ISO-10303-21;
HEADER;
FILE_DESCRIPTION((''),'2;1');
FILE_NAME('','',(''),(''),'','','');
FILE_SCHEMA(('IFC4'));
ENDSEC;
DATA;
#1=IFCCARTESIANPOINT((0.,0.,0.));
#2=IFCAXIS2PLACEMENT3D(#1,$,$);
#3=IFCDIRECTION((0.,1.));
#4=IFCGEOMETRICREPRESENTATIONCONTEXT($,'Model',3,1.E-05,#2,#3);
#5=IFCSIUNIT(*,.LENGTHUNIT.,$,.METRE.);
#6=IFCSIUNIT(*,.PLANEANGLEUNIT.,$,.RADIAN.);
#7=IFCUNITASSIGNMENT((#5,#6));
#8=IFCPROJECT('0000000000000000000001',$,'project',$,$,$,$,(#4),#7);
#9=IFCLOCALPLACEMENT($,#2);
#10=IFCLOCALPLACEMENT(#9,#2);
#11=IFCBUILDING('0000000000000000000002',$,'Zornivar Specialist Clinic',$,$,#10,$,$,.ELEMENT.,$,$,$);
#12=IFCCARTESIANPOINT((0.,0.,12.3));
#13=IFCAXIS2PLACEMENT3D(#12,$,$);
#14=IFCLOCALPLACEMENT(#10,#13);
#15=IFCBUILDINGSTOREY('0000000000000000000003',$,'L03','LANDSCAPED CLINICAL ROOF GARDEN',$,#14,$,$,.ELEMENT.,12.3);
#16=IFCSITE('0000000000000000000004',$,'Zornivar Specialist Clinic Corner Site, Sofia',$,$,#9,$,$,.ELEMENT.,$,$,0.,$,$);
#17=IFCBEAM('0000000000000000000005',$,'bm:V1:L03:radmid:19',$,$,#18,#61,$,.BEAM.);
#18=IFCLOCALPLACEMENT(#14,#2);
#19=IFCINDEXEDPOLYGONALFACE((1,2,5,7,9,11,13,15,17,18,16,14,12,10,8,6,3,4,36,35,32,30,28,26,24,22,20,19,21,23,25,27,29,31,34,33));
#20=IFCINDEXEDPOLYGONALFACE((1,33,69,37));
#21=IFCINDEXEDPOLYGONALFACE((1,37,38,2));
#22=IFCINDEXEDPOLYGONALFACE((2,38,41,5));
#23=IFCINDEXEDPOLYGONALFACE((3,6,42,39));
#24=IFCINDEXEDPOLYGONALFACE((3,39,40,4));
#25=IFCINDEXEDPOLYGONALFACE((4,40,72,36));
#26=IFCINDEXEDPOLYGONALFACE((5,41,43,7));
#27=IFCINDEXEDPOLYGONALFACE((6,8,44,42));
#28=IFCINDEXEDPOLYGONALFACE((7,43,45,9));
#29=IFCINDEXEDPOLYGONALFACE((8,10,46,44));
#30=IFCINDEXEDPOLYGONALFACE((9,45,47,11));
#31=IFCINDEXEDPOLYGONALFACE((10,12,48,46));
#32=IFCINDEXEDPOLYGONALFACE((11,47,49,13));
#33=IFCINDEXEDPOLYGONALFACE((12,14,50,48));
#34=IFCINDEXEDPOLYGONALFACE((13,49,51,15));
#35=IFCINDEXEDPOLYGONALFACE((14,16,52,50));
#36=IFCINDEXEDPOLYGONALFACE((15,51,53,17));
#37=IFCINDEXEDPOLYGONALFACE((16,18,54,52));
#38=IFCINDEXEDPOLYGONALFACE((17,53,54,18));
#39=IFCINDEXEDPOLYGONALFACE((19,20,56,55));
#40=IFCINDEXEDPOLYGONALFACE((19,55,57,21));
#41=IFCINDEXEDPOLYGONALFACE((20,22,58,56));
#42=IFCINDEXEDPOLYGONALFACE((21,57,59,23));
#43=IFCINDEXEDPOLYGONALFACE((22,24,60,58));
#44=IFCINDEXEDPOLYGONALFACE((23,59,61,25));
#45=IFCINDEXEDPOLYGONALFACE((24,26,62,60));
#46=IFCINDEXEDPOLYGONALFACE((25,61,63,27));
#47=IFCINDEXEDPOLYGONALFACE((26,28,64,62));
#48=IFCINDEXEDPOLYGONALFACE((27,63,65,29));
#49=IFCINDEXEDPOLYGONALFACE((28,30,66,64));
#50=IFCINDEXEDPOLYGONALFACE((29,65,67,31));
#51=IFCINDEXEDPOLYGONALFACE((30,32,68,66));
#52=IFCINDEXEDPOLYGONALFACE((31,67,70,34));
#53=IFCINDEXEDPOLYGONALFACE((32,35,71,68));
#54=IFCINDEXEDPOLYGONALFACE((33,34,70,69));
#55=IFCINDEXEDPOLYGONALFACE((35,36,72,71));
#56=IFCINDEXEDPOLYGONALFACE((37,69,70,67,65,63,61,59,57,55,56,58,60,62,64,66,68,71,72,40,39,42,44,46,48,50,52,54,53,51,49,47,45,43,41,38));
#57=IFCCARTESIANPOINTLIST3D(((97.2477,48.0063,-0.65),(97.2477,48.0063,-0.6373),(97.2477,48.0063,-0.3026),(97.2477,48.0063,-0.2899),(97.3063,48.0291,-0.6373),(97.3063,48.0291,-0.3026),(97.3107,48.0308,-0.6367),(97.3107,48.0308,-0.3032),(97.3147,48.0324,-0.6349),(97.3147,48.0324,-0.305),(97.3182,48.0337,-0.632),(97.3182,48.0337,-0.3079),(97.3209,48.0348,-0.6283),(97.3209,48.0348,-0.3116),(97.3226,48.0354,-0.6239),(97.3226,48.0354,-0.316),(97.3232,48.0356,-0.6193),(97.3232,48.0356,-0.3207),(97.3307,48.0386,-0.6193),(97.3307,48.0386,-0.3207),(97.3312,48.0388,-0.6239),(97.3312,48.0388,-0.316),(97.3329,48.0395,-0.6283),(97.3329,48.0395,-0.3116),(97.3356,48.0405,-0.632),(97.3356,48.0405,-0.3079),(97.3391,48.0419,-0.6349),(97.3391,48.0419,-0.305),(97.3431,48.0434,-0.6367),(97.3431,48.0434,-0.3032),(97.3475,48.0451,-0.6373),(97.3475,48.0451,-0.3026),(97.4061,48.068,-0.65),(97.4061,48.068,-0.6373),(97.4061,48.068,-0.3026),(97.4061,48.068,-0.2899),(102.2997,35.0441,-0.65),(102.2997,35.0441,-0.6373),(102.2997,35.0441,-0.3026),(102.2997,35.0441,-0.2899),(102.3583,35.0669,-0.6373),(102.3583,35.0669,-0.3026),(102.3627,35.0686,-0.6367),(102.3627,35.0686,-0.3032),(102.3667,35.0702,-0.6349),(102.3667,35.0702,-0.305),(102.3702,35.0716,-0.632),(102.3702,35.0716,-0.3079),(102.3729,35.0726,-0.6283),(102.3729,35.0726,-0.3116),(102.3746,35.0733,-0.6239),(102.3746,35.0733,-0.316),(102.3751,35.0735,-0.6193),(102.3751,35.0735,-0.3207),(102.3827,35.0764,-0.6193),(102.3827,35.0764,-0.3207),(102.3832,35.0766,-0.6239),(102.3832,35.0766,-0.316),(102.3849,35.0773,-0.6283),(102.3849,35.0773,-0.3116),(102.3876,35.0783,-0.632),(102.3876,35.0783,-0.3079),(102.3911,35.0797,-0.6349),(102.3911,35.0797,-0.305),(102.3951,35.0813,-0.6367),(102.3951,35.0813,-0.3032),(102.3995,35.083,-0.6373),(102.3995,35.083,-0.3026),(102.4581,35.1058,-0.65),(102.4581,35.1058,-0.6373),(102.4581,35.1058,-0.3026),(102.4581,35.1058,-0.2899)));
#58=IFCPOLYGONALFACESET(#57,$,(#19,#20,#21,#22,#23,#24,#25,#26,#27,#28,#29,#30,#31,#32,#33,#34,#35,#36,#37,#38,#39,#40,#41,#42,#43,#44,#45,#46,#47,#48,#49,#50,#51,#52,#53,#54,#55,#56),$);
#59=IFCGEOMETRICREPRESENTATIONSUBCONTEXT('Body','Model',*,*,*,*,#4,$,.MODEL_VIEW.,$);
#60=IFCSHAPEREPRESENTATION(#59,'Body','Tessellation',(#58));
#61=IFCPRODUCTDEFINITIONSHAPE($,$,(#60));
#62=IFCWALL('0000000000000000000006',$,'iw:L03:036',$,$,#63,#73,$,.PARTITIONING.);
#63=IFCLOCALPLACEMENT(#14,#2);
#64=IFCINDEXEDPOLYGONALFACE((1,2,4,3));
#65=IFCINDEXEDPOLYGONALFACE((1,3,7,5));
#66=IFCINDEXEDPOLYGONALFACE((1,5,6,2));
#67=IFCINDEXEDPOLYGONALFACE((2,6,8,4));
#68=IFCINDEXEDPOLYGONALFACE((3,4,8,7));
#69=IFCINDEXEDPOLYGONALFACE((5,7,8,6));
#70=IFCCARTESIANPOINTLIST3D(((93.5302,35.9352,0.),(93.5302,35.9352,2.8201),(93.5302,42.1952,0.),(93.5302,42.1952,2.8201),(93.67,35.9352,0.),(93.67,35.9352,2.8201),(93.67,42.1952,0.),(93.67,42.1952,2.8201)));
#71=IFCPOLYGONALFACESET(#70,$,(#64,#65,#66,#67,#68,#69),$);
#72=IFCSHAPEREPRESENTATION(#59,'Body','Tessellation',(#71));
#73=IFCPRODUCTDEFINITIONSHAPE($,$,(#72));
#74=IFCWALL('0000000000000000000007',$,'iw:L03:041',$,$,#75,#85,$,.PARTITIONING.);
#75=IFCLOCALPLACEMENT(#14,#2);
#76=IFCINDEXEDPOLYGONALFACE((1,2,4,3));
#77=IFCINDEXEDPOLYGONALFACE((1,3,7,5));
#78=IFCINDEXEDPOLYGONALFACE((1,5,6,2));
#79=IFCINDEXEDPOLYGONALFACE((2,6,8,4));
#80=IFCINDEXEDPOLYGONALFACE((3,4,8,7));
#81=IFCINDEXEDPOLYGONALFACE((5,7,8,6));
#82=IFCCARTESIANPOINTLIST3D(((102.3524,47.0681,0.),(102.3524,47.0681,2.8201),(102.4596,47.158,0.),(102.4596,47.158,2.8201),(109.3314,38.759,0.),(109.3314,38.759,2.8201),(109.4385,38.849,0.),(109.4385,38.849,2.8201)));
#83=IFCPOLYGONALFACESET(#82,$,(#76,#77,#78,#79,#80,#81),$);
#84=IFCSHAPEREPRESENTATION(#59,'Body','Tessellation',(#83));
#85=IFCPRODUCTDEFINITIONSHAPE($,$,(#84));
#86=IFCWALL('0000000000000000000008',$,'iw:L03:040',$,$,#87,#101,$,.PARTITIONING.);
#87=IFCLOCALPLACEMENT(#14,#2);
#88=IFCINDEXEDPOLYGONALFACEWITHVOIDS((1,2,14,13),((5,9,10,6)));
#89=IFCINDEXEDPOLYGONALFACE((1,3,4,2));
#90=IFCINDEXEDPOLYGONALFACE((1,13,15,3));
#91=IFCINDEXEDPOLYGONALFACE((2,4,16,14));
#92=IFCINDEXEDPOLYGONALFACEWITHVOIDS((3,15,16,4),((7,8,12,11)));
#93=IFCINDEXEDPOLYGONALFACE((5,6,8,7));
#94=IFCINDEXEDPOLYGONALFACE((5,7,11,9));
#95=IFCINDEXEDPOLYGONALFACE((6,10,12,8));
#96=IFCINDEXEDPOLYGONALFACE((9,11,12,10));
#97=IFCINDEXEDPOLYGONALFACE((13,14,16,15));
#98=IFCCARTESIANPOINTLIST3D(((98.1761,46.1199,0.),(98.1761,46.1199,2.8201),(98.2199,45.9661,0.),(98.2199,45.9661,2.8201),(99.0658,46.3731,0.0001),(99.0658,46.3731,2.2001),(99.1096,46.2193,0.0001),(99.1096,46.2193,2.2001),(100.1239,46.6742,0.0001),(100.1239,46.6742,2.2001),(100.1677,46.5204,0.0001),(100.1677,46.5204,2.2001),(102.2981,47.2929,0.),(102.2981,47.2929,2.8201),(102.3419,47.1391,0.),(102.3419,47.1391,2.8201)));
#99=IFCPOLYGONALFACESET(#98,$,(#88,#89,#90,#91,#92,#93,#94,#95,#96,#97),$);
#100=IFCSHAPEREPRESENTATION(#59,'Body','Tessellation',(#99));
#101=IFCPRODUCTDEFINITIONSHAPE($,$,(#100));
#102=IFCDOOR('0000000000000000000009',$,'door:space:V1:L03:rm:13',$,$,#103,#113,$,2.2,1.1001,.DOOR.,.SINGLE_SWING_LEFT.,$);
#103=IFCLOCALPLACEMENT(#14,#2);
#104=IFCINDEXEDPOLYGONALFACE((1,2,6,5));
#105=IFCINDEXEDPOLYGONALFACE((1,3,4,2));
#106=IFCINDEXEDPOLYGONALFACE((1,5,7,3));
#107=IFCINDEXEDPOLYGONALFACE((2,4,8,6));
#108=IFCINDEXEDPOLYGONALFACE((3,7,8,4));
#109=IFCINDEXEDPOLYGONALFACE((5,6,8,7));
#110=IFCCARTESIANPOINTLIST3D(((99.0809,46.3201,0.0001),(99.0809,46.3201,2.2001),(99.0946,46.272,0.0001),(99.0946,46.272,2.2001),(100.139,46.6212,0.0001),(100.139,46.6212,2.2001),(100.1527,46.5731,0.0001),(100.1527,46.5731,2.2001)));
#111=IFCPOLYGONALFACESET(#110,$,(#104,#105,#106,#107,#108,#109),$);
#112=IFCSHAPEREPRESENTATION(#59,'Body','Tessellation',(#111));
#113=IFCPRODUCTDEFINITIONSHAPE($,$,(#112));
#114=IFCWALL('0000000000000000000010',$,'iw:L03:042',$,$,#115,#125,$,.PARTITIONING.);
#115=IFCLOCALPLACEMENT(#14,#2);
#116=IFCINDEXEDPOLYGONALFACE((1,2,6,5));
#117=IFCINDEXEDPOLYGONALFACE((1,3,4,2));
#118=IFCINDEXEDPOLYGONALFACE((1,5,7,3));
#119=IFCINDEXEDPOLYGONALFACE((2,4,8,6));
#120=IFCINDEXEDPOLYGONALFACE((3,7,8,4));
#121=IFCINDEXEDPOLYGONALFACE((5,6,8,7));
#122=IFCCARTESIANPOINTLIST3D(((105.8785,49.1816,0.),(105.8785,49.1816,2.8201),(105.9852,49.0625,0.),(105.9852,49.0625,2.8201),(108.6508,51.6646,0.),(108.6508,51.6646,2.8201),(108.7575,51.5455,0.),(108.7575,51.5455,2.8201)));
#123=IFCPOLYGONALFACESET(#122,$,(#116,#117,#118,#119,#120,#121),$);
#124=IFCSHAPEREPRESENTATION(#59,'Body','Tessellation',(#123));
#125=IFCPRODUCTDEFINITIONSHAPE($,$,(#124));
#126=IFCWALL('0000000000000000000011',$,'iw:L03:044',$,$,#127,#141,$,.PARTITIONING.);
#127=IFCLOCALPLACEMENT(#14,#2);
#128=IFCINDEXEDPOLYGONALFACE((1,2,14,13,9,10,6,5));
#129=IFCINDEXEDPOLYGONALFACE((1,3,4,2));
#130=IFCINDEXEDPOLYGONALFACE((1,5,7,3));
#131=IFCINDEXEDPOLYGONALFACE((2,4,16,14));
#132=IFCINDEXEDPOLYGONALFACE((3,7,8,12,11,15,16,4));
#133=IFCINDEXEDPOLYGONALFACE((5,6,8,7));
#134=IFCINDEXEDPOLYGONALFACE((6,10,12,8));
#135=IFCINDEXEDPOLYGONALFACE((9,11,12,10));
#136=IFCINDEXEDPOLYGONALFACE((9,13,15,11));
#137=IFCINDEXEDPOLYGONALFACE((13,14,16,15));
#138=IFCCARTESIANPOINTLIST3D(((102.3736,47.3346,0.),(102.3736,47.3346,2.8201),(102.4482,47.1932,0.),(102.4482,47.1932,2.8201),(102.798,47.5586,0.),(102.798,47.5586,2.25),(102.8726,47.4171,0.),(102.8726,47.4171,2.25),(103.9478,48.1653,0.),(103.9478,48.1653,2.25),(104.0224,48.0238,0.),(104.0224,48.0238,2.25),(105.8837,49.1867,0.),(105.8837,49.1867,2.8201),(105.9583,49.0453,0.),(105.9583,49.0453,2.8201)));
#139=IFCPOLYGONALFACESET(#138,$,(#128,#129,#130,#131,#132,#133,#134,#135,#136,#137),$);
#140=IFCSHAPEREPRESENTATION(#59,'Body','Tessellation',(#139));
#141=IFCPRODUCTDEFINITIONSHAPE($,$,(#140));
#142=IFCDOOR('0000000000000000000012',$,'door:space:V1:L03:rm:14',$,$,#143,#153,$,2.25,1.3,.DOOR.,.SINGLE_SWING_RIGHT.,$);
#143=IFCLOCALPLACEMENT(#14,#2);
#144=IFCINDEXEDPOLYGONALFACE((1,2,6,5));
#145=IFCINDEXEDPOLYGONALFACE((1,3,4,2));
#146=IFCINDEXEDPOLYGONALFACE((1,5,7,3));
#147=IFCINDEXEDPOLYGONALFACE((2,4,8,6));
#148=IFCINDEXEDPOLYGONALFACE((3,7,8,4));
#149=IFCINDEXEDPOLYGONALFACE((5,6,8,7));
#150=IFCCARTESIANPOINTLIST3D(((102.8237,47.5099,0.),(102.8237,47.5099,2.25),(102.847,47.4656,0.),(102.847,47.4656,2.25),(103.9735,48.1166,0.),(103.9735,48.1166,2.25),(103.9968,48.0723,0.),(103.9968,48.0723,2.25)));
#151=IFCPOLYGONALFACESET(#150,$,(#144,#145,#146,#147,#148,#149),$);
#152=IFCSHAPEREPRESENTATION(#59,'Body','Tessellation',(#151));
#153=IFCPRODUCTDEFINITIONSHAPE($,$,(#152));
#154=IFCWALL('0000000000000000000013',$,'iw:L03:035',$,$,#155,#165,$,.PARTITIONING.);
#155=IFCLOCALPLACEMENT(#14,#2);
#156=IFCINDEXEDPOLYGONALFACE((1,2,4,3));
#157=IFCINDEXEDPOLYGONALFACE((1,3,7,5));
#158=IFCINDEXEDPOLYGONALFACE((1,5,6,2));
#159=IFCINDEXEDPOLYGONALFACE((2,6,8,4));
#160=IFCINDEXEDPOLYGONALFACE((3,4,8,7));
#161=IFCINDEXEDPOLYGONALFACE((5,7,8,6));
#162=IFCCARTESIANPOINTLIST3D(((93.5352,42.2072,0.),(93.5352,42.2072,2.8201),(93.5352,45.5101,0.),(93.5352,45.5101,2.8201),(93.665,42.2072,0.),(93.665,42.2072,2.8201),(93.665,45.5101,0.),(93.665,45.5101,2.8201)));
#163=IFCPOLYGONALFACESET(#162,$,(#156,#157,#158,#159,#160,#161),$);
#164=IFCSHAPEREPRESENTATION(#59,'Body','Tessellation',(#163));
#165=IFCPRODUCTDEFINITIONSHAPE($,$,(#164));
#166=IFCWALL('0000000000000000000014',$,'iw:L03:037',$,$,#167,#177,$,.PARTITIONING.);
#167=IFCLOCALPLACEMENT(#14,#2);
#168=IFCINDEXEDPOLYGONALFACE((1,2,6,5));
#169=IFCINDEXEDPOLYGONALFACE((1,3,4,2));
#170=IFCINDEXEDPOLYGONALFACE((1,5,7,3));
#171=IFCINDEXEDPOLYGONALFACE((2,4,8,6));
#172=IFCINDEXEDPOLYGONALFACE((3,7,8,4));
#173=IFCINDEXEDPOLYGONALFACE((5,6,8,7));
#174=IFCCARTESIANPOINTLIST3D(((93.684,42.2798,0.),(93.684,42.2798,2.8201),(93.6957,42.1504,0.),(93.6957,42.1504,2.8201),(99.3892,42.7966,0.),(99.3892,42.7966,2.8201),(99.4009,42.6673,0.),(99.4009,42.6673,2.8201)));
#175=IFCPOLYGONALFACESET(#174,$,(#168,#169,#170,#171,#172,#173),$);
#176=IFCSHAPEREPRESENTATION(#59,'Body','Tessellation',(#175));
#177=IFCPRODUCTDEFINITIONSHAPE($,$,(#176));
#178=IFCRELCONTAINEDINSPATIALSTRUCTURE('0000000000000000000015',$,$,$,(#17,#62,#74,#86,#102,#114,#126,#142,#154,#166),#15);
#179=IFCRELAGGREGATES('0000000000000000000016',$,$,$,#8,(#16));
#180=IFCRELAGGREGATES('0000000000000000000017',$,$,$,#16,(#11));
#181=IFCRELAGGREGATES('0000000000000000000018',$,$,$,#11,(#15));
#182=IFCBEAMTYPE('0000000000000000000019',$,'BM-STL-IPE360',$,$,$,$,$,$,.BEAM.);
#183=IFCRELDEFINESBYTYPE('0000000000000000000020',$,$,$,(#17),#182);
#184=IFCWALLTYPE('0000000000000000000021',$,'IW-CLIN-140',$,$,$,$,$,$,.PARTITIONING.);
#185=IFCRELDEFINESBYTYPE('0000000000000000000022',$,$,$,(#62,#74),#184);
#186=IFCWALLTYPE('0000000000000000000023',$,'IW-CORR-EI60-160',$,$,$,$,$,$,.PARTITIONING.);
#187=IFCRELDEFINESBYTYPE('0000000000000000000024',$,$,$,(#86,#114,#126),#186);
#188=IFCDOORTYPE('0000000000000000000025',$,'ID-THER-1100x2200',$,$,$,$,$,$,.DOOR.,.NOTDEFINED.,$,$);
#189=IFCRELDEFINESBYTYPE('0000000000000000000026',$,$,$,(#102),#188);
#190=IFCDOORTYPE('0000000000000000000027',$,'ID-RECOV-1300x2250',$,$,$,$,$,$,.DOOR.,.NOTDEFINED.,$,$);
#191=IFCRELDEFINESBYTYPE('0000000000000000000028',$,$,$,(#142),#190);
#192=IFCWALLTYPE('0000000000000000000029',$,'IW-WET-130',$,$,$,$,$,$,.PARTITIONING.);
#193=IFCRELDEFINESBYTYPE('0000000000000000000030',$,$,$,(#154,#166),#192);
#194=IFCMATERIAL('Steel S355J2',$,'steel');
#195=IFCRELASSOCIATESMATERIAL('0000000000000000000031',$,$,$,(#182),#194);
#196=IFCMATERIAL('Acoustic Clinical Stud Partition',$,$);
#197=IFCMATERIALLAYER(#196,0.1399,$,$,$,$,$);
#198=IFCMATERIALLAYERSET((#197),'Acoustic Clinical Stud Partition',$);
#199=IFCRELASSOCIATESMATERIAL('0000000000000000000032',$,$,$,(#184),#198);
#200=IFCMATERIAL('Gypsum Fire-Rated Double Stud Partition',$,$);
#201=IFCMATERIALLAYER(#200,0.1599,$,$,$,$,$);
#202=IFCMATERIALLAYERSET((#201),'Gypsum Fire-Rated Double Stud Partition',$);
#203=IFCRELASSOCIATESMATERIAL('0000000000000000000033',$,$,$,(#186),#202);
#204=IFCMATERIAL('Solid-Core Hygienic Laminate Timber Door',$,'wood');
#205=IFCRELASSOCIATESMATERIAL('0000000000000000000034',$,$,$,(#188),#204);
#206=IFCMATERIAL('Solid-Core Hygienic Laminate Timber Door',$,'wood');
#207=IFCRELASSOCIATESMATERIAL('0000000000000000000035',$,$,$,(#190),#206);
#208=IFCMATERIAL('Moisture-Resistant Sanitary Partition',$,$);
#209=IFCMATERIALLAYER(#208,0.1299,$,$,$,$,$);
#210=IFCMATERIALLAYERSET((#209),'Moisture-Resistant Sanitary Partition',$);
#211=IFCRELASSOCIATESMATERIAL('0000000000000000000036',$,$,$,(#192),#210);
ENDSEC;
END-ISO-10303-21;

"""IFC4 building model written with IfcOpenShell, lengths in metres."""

from ifc_helpers import new_model, si_unit, direction, frame, frame_2d, origin, origin_2d, place, context, subcontext, project, spatial, rectangle, i_section, extrude, material, layer, layer_set, material_profile, profile_set, type_object, element, fill, save


model = new_model("IFC4")

# Units and contexts
model_context = context("Model", 3, precision=1e-05, world=origin(), true_north=direction((0.0, 1.0)))
body_context = subcontext(model_context, "Body", "Model", "MODEL_VIEW")
ifc_project = project(units=[si_unit("LENGTHUNIT", "METRE"), si_unit("PLANEANGLEUNIT", "RADIAN")], contexts=[model_context])

# Site, building, storey
site_placement = place(None, origin())
site = spatial("IfcSite", under=ifc_project, at=site_placement, Name="Zornivar Specialist Clinic Corner Site, Sofia", CompositionType="ELEMENT", RefElevation=0.0)
building_placement = place(site_placement, origin())
building = spatial("IfcBuilding", under=site, at=building_placement, Name="Zornivar Specialist Clinic", CompositionType="ELEMENT")
storey_placement = place(building_placement, frame((0.0, 0.0, 12.3)))
storey = spatial("IfcBuildingStorey", under=building, at=storey_placement, Name="L03", Description="LANDSCAPED CLINICAL ROOF GARDEN", CompositionType="ELEMENT", Elevation=12.3)

# Beam
ifc_material_1 = material(Name="Steel S355J2", Category="steel")
ifc_material_profile_1 = material_profile(ifc_material_1, i_section(OverallWidth=0.1699, OverallDepth=0.3601, WebThickness=0.0081, FlangeThickness=0.0127, FilletRadius=0.0181, at=origin_2d()), Name="IPE 360")
ifc_profile_set_1 = profile_set([ifc_material_profile_1], Name="Steel S355J2")
beam_type_1 = type_object("IfcBeamType", Name="BM-STL-IPE360", PredefinedType="BEAM", material=ifc_profile_set_1)
beam_1_placement = place(storey_placement, frame((97.3269, 48.0371, -0.47), z_axis=(0.363143, -0.931733, 0.0), x_axis=(0.931733, 0.363143, 0.0)))
element("IfcBeam", 1, at=beam_1_placement, inside=storey, type_object=beam_type_1, Name="bm:V1:L03:radmid:19", PredefinedType="BEAM", context=body_context, shape_type="SweptSolid", body=[
    extrude(i_section(OverallWidth=0.1699, OverallDepth=0.3601, WebThickness=0.0081, FlangeThickness=0.0127, FilletRadius=0.0181, at=origin_2d()), origin(), (0.0, 0.0, 1.0), 13.9119),
])

# Walls
ifc_material_2 = material(Name="Acoustic Clinical Stud Partition")
ifc_layer_1 = layer(ifc_material_2, 0.1399)
ifc_layer_set_1 = layer_set([ifc_layer_1], Name="Acoustic Clinical Stud Partition")
wall_type_1 = type_object("IfcWallType", Name="IW-CLIN-140", PredefinedType="PARTITIONING", material=ifc_layer_set_1)
wall_1_placement = place(storey_placement, frame((93.6001, 42.1951, 0.0), z_axis=(0.0, 0.0, 1.0), x_axis=(0.0, -1.0, 0.0)))
element("IfcWall", 2, at=wall_1_placement, inside=storey, type_object=wall_type_1, Name="iw:L03:036", PredefinedType="PARTITIONING", context=body_context, shape_type="SweptSolid", body=[
    extrude(rectangle(XDim=6.26, YDim=0.1399, at=frame_2d((3.1299, 0.0))), origin(), (0.0, 0.0, 1.0), 2.8201),
])
wall_2_placement = place(storey_placement, frame((102.406, 47.113, 0.0), z_axis=(0.0, 0.0, 1.0), x_axis=(0.643158, -0.765733, 0.0)))
element("IfcWall", 3, at=wall_2_placement, inside=storey, type_object=wall_type_1, Name="iw:L03:041", PredefinedType="PARTITIONING", context=body_context, shape_type="SweptSolid", body=[
    extrude(rectangle(XDim=10.8511, YDim=0.1399, at=frame_2d((5.4255, 0.0))), origin(), (0.0, 0.0, 1.0), 2.8201),
])

# Wall, opening, door
ifc_material_3 = material(Name="Gypsum Fire-Rated Double Stud Partition")
ifc_layer_2 = layer(ifc_material_3, 0.1599)
ifc_layer_set_2 = layer_set([ifc_layer_2], Name="Gypsum Fire-Rated Double Stud Partition")
wall_type_2 = type_object("IfcWallType", Name="IW-CORR-EI60-160", PredefinedType="PARTITIONING", material=ifc_layer_set_2)
wall_3_placement = place(storey_placement, frame((98.198, 46.043, 0.0), z_axis=(0.0, 0.0, 1.0), x_axis=(0.961809, 0.27372, 0.0)))
wall_3 = element("IfcWall", 4, at=wall_3_placement, inside=storey, type_object=wall_type_2, Name="iw:L03:040", PredefinedType="PARTITIONING", context=body_context, shape_type="SweptSolid", body=[
    extrude(rectangle(XDim=4.2856, YDim=0.1599, at=frame_2d((2.1428, 0.0))), origin(), (0.0, 0.0, 1.0), 2.8201),
])
opening_1_placement = place(wall_3_placement, frame((0.925, 0.0, 0.0)))
opening_1 = element("IfcOpeningElement", 5, at=opening_1_placement, cuts=wall_3, PredefinedType="OPENING", context=body_context, shape_type="SweptSolid", body=[
    extrude(rectangle(XDim=1.1001, YDim=2.2, at=frame_2d((0.55, 1.1001))), frame((0.0, 0.0898, 0.0), z_axis=(0.0, -1.0, 0.0), x_axis=(1.0, 0.0, 0.0)), (0.0, 0.0, 1.0), 0.1799),
])
ifc_material_4 = material(Name="Solid-Core Hygienic Laminate Timber Door", Category="wood")
door_type_1 = type_object("IfcDoorType", Name="ID-THER-1100x2200", OperationType="NOTDEFINED", PredefinedType="DOOR", material=ifc_material_4)
door_1_placement = place(opening_1_placement, origin())
door_1 = element("IfcDoor", 6, at=door_1_placement, inside=storey, type_object=door_type_1, Name="door:space:V1:L03:rm:13", OperationType="SINGLE_SWING_LEFT", OverallHeight=2.2, OverallWidth=1.1001, PredefinedType="DOOR", context=body_context, shape_type="SweptSolid", body=[
    extrude(rectangle(XDim=1.1001, YDim=2.2, at=frame_2d((0.55, 1.1001))), frame((0.0, 0.0249, 0.0), z_axis=(0.0, -1.0, 0.0), x_axis=(1.0, 0.0, 0.0)), (0.0, 0.0, 1.0), 0.05),
])
fill(opening_1, door_1)

# Wall
wall_4_placement = place(storey_placement, frame((105.9319, 49.1221, 0.0), z_axis=(0.0, 0.0, 1.0), x_axis=(0.744907, 0.667169, 0.0)))
element("IfcWall", 7, at=wall_4_placement, inside=storey, type_object=wall_type_2, Name="iw:L03:042", PredefinedType="PARTITIONING", context=body_context, shape_type="SweptSolid", body=[
    extrude(rectangle(XDim=3.7217, YDim=0.1599, at=frame_2d((1.8608, 0.0))), origin(), (0.0, 0.0, 1.0), 2.8201),
])

# Wall, opening, door
wall_5_placement = place(storey_placement, frame((102.4109, 47.2639, 0.0), z_axis=(0.0, 0.0, 1.0), x_axis=(0.884432, 0.466669, 0.0)))
wall_5 = element("IfcWall", 8, at=wall_5_placement, inside=storey, type_object=wall_type_2, Name="iw:L03:044", PredefinedType="PARTITIONING", context=body_context, shape_type="SweptSolid", body=[
    extrude(rectangle(XDim=3.9688, YDim=0.1599, at=frame_2d((1.9844, 0.0))), origin(), (0.0, 0.0, 1.0), 2.8201),
])
opening_2_placement = place(wall_5_placement, frame((0.48, 0.0, 0.0)))
opening_2 = element("IfcOpeningElement", 9, at=opening_2_placement, cuts=wall_5, PredefinedType="OPENING", context=body_context, shape_type="SweptSolid", body=[
    extrude(rectangle(XDim=1.3, YDim=2.25, at=frame_2d((0.6499, 1.125))), frame((0.0, 0.0898, 0.0), z_axis=(0.0, -1.0, 0.0), x_axis=(1.0, 0.0, 0.0)), (0.0, 0.0, 1.0), 0.1799),
])
ifc_material_5 = material(Name="Solid-Core Hygienic Laminate Timber Door", Category="wood")
door_type_2 = type_object("IfcDoorType", Name="ID-RECOV-1300x2250", OperationType="NOTDEFINED", PredefinedType="DOOR", material=ifc_material_5)
door_2_placement = place(opening_2_placement, origin())
door_2 = element("IfcDoor", 10, at=door_2_placement, inside=storey, type_object=door_type_2, Name="door:space:V1:L03:rm:14", OperationType="SINGLE_SWING_RIGHT", OverallHeight=2.25, OverallWidth=1.3, PredefinedType="DOOR", context=body_context, shape_type="SweptSolid", body=[
    extrude(rectangle(XDim=1.3, YDim=2.25, at=frame_2d((0.6499, 1.125))), frame((0.0, 0.0249, 0.0), z_axis=(0.0, -1.0, 0.0), x_axis=(1.0, 0.0, 0.0)), (0.0, 0.0, 1.0), 0.05),
])
fill(opening_2, door_2)

# Walls
ifc_material_6 = material(Name="Moisture-Resistant Sanitary Partition")
ifc_layer_3 = layer(ifc_material_6, 0.1299)
ifc_layer_set_3 = layer_set([ifc_layer_3], Name="Moisture-Resistant Sanitary Partition")
wall_type_3 = type_object("IfcWallType", Name="IW-WET-130", PredefinedType="PARTITIONING", material=ifc_layer_set_3)
wall_6_placement = place(storey_placement, frame((93.6001, 45.51, 0.0), z_axis=(0.0, 0.0, 1.0), x_axis=(0.0, -1.0, 0.0)))
element("IfcWall", 11, at=wall_6_placement, inside=storey, type_object=wall_type_3, Name="iw:L03:035", PredefinedType="PARTITIONING", context=body_context, shape_type="SweptSolid", body=[
    extrude(rectangle(XDim=3.303, YDim=0.1299, at=frame_2d((1.6514, 0.0))), origin(), (0.0, 0.0, 1.0), 2.8201),
])
wall_7_placement = place(storey_placement, frame((99.395, 42.7319, 0.0), z_axis=(0.0, 0.0, 1.0), x_axis=(-0.995921, -0.090224, 0.0)))
element("IfcWall", 12, at=wall_7_placement, inside=storey, type_object=wall_type_3, Name="iw:L03:037", PredefinedType="PARTITIONING", context=body_context, shape_type="SweptSolid", body=[
    extrude(rectangle(XDim=5.7285, YDim=0.1299, at=frame_2d((2.8643, 0.0))), origin(), (0.0, 0.0, 1.0), 2.8201),
])

save(model, "model.ifc")
